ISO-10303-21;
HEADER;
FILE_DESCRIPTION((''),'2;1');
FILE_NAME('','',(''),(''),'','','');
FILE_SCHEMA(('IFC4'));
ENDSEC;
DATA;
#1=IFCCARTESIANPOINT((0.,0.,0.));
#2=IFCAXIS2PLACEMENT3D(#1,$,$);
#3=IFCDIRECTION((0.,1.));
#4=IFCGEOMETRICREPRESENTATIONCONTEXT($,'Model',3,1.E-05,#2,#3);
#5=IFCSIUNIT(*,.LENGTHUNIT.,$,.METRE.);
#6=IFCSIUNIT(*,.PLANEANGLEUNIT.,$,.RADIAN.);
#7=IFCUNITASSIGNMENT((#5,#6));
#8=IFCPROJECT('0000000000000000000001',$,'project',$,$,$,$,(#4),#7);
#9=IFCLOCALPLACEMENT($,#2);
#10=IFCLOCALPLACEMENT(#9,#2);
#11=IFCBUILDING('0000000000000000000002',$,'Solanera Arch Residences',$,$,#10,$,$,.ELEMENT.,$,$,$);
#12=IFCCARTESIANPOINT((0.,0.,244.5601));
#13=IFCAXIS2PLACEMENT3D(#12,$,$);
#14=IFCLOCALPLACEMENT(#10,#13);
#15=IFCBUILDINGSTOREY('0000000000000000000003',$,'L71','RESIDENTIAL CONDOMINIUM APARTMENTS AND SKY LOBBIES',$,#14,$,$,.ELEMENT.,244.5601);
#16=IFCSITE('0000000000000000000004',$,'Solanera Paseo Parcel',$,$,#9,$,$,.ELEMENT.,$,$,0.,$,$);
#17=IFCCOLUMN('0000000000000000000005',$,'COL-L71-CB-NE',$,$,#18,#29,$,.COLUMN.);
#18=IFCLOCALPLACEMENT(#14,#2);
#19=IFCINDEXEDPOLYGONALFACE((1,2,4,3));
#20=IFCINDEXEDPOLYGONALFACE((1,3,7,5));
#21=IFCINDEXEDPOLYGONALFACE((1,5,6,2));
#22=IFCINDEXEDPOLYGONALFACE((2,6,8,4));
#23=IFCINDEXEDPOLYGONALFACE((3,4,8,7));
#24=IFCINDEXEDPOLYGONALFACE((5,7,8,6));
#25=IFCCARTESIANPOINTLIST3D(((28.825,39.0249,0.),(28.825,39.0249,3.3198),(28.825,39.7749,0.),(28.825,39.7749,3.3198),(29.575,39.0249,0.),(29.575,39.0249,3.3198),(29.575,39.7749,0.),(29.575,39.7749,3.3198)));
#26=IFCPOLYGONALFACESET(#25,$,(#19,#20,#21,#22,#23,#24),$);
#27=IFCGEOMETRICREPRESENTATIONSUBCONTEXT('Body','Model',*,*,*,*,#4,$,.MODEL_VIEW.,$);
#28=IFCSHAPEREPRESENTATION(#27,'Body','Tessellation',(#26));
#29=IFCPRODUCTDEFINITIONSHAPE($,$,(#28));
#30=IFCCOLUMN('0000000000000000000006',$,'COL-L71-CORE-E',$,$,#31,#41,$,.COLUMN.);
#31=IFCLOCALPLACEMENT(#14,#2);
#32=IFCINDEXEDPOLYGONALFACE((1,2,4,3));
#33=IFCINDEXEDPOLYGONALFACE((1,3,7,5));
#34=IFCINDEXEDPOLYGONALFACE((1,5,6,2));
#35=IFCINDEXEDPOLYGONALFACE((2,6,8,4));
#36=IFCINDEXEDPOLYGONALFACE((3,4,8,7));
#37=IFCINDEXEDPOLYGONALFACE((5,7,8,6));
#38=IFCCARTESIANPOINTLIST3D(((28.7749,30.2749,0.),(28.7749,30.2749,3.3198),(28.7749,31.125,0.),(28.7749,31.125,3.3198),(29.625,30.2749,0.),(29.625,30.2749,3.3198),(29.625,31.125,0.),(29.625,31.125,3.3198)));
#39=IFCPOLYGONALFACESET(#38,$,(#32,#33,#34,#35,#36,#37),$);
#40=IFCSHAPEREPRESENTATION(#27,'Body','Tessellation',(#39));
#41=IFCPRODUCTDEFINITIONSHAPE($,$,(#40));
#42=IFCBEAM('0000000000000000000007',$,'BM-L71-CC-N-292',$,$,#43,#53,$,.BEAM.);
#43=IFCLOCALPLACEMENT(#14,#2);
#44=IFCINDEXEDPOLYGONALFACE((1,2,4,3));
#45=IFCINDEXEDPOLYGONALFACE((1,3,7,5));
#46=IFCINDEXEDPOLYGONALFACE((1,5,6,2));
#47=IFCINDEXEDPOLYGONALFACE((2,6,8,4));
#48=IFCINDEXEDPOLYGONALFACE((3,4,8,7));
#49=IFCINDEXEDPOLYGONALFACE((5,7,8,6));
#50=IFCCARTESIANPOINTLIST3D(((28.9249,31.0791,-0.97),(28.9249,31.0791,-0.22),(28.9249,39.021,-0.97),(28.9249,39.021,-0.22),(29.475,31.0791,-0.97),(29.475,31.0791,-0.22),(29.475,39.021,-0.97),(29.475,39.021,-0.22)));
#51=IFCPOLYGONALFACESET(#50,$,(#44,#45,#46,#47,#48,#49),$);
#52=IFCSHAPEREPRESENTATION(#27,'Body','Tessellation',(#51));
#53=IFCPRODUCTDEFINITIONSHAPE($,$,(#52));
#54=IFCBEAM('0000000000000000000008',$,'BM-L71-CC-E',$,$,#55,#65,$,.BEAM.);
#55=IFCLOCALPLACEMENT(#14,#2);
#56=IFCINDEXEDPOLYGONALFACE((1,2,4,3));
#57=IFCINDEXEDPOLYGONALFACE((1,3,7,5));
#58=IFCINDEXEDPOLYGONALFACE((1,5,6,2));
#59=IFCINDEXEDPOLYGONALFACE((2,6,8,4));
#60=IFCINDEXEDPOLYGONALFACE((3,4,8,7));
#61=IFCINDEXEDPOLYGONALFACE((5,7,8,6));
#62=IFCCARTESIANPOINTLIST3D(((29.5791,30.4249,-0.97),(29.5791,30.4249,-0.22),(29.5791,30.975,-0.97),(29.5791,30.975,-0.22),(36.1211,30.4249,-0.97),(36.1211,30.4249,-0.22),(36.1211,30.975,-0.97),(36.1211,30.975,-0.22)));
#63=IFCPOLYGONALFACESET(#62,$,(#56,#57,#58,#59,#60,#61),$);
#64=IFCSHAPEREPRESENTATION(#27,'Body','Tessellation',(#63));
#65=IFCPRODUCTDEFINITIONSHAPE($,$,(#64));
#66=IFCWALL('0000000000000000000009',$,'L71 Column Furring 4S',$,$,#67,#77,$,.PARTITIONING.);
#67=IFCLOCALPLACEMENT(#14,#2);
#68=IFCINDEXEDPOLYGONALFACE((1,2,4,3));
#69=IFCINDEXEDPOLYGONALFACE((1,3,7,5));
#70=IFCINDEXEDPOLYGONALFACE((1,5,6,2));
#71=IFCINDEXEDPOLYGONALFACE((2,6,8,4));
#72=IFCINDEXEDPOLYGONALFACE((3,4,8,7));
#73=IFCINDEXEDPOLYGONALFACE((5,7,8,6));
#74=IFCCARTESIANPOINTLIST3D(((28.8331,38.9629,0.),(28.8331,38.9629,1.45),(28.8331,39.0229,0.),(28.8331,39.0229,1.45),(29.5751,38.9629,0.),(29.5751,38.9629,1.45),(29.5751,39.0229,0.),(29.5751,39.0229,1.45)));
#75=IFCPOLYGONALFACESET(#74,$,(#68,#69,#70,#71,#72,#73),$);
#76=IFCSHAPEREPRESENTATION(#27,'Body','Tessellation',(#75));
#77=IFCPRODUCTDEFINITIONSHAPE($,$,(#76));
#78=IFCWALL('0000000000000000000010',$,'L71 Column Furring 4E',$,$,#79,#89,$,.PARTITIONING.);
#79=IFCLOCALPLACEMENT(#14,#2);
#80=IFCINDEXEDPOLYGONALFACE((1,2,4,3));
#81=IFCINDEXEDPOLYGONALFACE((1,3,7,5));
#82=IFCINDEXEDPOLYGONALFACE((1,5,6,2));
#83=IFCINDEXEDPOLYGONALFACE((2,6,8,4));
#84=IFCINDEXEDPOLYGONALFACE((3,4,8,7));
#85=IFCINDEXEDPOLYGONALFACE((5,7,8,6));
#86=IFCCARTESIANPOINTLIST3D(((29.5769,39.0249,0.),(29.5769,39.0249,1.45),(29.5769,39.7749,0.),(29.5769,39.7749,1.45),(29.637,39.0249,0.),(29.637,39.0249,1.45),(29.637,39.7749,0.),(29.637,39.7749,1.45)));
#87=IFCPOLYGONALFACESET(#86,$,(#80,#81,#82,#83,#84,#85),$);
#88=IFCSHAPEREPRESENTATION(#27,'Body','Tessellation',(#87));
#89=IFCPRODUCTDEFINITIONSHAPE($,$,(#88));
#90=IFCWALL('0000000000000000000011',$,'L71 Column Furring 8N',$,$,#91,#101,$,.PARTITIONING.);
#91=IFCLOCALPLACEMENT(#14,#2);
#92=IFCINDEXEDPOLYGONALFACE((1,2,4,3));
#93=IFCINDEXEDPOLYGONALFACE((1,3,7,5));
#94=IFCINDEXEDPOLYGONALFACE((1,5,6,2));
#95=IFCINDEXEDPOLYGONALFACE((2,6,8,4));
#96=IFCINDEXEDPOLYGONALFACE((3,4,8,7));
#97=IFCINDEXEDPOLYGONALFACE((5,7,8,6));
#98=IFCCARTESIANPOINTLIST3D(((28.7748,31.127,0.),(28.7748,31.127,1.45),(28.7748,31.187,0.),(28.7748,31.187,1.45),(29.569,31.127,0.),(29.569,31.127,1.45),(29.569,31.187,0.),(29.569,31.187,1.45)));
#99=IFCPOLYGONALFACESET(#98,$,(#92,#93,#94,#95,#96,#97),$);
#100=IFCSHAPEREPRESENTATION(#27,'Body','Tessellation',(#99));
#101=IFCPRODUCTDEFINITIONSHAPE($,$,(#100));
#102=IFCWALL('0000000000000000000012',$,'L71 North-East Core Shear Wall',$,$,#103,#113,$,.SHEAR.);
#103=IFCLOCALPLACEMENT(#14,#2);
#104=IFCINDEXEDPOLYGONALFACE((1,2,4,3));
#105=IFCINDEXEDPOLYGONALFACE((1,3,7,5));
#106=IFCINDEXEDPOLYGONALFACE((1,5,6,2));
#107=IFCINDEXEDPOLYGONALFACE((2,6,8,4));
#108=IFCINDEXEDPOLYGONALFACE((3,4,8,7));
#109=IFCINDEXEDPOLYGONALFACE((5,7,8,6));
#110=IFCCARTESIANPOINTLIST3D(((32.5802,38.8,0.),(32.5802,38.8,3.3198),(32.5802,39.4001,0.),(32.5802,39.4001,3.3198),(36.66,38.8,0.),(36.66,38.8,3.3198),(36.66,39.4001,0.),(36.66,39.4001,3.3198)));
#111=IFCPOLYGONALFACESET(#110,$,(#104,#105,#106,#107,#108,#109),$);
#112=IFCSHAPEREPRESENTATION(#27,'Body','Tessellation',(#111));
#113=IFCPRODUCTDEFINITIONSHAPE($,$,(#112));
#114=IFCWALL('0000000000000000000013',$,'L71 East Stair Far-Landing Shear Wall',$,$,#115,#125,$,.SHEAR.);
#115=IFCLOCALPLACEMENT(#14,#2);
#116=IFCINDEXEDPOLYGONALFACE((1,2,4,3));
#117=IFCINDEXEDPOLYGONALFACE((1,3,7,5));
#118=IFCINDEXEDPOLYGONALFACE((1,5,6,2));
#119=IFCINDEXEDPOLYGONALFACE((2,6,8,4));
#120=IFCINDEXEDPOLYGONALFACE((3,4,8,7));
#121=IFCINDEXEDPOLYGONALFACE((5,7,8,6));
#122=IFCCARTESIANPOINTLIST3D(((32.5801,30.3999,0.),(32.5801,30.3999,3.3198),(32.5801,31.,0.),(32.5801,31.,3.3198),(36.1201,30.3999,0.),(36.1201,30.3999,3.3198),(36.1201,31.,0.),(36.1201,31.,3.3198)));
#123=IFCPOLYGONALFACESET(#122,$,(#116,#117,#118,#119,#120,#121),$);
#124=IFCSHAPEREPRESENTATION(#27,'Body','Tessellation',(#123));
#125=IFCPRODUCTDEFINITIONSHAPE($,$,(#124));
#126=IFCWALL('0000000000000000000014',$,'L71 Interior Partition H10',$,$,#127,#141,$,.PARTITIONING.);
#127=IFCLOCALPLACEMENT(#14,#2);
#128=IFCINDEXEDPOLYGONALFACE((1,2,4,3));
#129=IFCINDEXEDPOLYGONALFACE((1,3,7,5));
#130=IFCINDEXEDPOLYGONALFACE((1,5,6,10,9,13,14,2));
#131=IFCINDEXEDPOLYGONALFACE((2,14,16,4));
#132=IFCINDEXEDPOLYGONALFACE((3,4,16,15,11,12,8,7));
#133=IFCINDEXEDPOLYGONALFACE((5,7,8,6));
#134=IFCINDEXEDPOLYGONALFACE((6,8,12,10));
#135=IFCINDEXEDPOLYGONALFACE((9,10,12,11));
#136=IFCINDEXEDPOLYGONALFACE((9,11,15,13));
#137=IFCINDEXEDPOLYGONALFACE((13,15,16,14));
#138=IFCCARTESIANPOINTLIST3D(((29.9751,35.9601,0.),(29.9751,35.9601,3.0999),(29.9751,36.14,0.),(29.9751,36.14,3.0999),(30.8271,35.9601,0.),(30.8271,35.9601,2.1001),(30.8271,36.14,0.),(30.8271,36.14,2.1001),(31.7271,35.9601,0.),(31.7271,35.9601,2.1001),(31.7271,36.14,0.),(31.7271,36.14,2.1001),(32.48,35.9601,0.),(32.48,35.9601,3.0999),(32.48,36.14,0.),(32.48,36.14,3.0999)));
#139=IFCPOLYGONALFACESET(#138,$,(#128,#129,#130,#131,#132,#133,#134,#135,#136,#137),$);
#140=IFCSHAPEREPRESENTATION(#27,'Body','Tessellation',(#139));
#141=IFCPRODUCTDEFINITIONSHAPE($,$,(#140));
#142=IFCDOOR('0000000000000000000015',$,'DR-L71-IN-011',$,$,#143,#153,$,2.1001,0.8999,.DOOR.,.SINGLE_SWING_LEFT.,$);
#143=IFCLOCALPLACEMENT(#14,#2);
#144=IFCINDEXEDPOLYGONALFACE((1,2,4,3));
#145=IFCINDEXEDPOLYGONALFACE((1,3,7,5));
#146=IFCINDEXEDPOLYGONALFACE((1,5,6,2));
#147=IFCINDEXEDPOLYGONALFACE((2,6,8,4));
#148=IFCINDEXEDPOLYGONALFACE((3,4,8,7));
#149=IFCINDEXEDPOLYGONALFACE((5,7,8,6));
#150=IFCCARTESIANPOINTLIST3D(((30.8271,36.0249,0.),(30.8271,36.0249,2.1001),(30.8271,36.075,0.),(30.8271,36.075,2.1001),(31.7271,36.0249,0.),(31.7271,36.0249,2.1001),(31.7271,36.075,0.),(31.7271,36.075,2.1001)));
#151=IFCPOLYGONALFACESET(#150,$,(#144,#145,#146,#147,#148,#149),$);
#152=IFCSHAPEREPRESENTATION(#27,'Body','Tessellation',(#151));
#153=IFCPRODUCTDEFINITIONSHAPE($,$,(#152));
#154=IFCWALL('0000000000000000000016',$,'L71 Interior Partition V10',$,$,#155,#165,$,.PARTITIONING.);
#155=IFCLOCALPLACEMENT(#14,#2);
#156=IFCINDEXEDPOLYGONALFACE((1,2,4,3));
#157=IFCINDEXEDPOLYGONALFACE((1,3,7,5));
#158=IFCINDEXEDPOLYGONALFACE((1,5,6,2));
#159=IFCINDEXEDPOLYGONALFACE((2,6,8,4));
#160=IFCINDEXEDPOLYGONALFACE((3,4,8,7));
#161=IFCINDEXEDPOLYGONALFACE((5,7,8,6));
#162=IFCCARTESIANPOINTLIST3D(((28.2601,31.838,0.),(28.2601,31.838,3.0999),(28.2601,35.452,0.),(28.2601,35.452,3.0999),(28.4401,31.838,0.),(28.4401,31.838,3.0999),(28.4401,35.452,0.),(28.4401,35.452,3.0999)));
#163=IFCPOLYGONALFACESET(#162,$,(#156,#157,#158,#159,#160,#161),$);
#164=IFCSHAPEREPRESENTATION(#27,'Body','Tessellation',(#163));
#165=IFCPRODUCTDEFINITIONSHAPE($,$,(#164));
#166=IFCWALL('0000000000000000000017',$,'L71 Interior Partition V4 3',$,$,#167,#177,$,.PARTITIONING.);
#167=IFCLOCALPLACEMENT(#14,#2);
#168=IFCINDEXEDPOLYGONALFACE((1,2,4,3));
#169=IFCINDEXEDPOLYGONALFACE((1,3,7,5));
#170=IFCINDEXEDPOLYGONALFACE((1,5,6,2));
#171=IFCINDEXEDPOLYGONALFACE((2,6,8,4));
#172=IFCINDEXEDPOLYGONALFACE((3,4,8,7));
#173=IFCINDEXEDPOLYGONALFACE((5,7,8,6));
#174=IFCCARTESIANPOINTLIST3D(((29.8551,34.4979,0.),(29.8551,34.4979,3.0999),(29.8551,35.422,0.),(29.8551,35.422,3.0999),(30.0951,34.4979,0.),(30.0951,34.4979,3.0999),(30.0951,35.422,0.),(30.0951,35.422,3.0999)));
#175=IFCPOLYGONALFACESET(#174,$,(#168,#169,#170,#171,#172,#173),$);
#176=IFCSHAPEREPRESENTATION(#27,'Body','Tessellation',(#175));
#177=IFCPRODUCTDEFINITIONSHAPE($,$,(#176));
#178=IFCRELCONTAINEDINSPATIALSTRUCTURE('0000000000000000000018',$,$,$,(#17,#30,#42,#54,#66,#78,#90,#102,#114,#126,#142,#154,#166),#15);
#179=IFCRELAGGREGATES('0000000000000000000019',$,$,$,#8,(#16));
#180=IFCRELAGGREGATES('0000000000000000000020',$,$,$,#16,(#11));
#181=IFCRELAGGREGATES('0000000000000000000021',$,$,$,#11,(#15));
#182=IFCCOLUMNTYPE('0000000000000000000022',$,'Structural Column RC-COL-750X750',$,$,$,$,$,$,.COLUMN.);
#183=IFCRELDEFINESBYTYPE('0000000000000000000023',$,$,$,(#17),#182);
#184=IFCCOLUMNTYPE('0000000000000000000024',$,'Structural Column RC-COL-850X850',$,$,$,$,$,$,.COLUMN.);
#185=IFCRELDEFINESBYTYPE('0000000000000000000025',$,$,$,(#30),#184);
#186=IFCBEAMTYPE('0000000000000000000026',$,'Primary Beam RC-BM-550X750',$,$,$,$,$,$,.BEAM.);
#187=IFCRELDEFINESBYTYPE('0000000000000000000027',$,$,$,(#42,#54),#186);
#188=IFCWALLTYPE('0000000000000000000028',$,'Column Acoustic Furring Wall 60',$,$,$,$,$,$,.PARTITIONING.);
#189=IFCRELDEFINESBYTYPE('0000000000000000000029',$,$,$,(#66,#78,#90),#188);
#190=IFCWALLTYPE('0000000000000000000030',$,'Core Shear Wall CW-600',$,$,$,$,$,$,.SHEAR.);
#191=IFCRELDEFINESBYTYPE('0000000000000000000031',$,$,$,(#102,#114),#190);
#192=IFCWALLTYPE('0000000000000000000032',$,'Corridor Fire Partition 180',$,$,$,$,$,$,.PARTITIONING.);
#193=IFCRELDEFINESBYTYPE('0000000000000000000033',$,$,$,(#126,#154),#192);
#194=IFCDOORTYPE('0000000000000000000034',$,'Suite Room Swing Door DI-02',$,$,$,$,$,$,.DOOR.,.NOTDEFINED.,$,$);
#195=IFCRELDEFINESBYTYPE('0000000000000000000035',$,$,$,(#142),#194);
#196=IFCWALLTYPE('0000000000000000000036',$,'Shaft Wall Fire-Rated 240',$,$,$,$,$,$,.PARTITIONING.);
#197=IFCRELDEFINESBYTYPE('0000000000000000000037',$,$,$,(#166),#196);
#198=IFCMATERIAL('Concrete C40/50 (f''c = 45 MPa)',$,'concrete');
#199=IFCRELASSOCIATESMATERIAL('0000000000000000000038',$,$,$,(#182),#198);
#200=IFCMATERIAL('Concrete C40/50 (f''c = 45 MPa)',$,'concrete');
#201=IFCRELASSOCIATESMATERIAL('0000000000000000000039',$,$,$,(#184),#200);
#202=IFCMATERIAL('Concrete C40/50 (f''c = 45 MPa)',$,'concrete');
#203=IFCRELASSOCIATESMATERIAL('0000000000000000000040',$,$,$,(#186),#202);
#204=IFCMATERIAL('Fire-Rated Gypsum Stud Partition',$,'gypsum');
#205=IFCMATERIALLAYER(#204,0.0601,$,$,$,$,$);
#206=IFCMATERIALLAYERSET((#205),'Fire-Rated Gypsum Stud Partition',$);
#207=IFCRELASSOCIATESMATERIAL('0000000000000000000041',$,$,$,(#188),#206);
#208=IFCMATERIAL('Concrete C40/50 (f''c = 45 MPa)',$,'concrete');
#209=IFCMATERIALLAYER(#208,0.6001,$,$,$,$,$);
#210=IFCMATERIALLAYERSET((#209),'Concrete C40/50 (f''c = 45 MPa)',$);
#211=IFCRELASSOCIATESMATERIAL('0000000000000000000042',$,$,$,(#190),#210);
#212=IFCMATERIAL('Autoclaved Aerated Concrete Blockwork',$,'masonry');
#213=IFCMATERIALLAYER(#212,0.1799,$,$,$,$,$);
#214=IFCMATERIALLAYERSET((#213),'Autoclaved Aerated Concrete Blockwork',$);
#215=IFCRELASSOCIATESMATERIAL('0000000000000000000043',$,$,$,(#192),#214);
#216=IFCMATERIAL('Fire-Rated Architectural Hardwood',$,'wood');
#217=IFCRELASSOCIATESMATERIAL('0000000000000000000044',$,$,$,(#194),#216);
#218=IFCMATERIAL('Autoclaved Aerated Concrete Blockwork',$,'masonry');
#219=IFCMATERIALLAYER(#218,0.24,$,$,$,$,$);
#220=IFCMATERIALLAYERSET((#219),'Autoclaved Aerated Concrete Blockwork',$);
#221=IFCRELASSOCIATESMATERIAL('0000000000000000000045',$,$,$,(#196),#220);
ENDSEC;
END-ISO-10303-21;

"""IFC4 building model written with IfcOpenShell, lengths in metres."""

from ifc_helpers import new_model, si_unit, direction, frame, frame_2d, origin, origin_2d, place, context, subcontext, project, spatial, rectangle, extrude, material, layer, layer_set, material_profile, profile_set, type_object, element, fill, save


model = new_model("IFC4")

# Units and contexts
model_context = context("Model", 3, precision=1e-05, world=origin(), true_north=direction((0.0, 1.0)))
body_context = subcontext(model_context, "Body", "Model", "MODEL_VIEW")
ifc_project = project(units=[si_unit("LENGTHUNIT", "METRE"), si_unit("PLANEANGLEUNIT", "RADIAN")], contexts=[model_context])

# Site, building, storey
site_placement = place(None, origin())
site = spatial("IfcSite", under=ifc_project, at=site_placement, Name="Solanera Paseo Parcel", CompositionType="ELEMENT", RefElevation=0.0)
building_placement = place(site_placement, origin())
building = spatial("IfcBuilding", under=site, at=building_placement, Name="Solanera Arch Residences", CompositionType="ELEMENT")
storey_placement = place(building_placement, frame((0.0, 0.0, 244.5601)))
storey = spatial("IfcBuildingStorey", under=building, at=storey_placement, Name="L71", Description="RESIDENTIAL CONDOMINIUM APARTMENTS AND SKY LOBBIES", CompositionType="ELEMENT", Elevation=244.5601)

# Columns
ifc_material_1 = material(Name="Concrete C40/50 (f'c = 45 MPa)", Category="concrete")
ifc_material_profile_1 = material_profile(ifc_material_1, rectangle(XDim=0.75, YDim=0.75, at=origin_2d()))
ifc_profile_set_1 = profile_set([ifc_material_profile_1], Name="Concrete C40/50 (f'c = 45 MPa)")
column_type_1 = type_object("IfcColumnType", Name="Structural Column RC-COL-750X750", PredefinedType="COLUMN", material=ifc_profile_set_1)
column_1_placement = place(storey_placement, frame((29.2, 39.3999, 0.0), z_axis=(0.0, 0.0, 1.0), x_axis=(1.0, 0.0, 0.0)))
element("IfcColumn", 1, at=column_1_placement, inside=storey, type_object=column_type_1, Name="COL-L71-CB-NE", PredefinedType="COLUMN", context=body_context, shape_type="SweptSolid", body=[
    extrude(rectangle(XDim=0.75, YDim=0.75, at=origin_2d()), origin(), (0.0, 0.0, 1.0), 3.3198),
])
ifc_material_2 = material(Name="Concrete C40/50 (f'c = 45 MPa)", Category="concrete")
ifc_material_profile_2 = material_profile(ifc_material_2, rectangle(XDim=0.8501, YDim=0.8501, at=origin_2d()))
ifc_profile_set_2 = profile_set([ifc_material_profile_2], Name="Concrete C40/50 (f'c = 45 MPa)")
column_type_2 = type_object("IfcColumnType", Name="Structural Column RC-COL-850X850", PredefinedType="COLUMN", material=ifc_profile_set_2)
column_2_placement = place(storey_placement, frame((29.2, 30.7, 0.0), z_axis=(0.0, 0.0, 1.0), x_axis=(1.0, 0.0, 0.0)))
element("IfcColumn", 2, at=column_2_placement, inside=storey, type_object=column_type_2, Name="COL-L71-CORE-E", PredefinedType="COLUMN", context=body_context, shape_type="SweptSolid", body=[
    extrude(rectangle(XDim=0.8501, YDim=0.8501, at=origin_2d()), origin(), (0.0, 0.0, 1.0), 3.3198),
])

# Beams
ifc_material_3 = material(Name="Concrete C40/50 (f'c = 45 MPa)", Category="concrete")
ifc_material_profile_3 = material_profile(ifc_material_3, rectangle(XDim=0.55, YDim=0.75, at=origin_2d()))
ifc_profile_set_3 = profile_set([ifc_material_profile_3], Name="Concrete C40/50 (f'c = 45 MPa)")
beam_type = type_object("IfcBeamType", Name="Primary Beam RC-BM-550X750", PredefinedType="BEAM", material=ifc_profile_set_3)
beam_1_placement = place(storey_placement, frame((29.2, 31.0791, -0.595), z_axis=(0.0, 1.0, 0.0), x_axis=(-1.0, 0.0, 0.0)))
element("IfcBeam", 3, at=beam_1_placement, inside=storey, type_object=beam_type, Name="BM-L71-CC-N-292", PredefinedType="BEAM", context=body_context, shape_type="SweptSolid", body=[
    extrude(rectangle(XDim=0.55, YDim=0.75, at=origin_2d()), origin(), (0.0, 0.0, 1.0), 7.9419),
])
beam_2_placement = place(storey_placement, frame((29.5791, 30.7, -0.595), z_axis=(1.0, 0.0, 0.0), x_axis=(0.0, 1.0, 0.0)))
element("IfcBeam", 4, at=beam_2_placement, inside=storey, type_object=beam_type, Name="BM-L71-CC-E", PredefinedType="BEAM", context=body_context, shape_type="SweptSolid", body=[
    extrude(rectangle(XDim=0.55, YDim=0.75, at=origin_2d()), origin(), (0.0, 0.0, 1.0), 6.542),
])

# Walls
ifc_material_4 = material(Name="Fire-Rated Gypsum Stud Partition", Category="gypsum")
ifc_layer_1 = layer(ifc_material_4, 0.0601)
ifc_layer_set_1 = layer_set([ifc_layer_1], Name="Fire-Rated Gypsum Stud Partition")
wall_type_1 = type_object("IfcWallType", Name="Column Acoustic Furring Wall 60", PredefinedType="PARTITIONING", material=ifc_layer_set_1)
wall_1_placement = place(storey_placement, frame((28.833, 38.9929, 0.0), z_axis=(0.0, 0.0, 1.0), x_axis=(1.0, 0.0, 0.0)))
element("IfcWall", 5, at=wall_1_placement, inside=storey, type_object=wall_type_1, Name="L71 Column Furring 4S", PredefinedType="PARTITIONING", context=body_context, shape_type="SweptSolid", body=[
    extrude(rectangle(XDim=0.7419, YDim=0.0601, at=frame_2d((0.3711, 0.0))), origin(), (0.0, 0.0, 1.0), 1.45),
])
wall_2_placement = place(storey_placement, frame((29.6069, 39.0249, 0.0), z_axis=(0.0, 0.0, 1.0), x_axis=(0.0, 1.0, 0.0)))
element("IfcWall", 6, at=wall_2_placement, inside=storey, type_object=wall_type_1, Name="L71 Column Furring 4E", PredefinedType="PARTITIONING", context=body_context, shape_type="SweptSolid", body=[
    extrude(rectangle(XDim=0.75, YDim=0.0601, at=frame_2d((0.375, 0.0))), origin(), (0.0, 0.0, 1.0), 1.45),
])
wall_3_placement = place(storey_placement, frame((28.7749, 31.157, 0.0), z_axis=(0.0, 0.0, 1.0), x_axis=(1.0, 0.0, 0.0)))
element("IfcWall", 7, at=wall_3_placement, inside=storey, type_object=wall_type_1, Name="L71 Column Furring 8N", PredefinedType="PARTITIONING", context=body_context, shape_type="SweptSolid", body=[
    extrude(rectangle(XDim=0.7942, YDim=0.0601, at=frame_2d((0.397, 0.0))), origin(), (0.0, 0.0, 1.0), 1.45),
])

# Walls
ifc_material_5 = material(Name="Concrete C40/50 (f'c = 45 MPa)", Category="concrete")
ifc_layer_2 = layer(ifc_material_5, 0.6001)
ifc_layer_set_2 = layer_set([ifc_layer_2], Name="Concrete C40/50 (f'c = 45 MPa)")
wall_type_2 = type_object("IfcWallType", Name="Core Shear Wall CW-600", PredefinedType="SHEAR", material=ifc_layer_set_2)
wall_4_placement = place(storey_placement, frame((32.5801, 39.1001, 0.0), z_axis=(0.0, 0.0, 1.0), x_axis=(1.0, 0.0, 0.0)))
element("IfcWall", 8, at=wall_4_placement, inside=storey, type_object=wall_type_2, Name="L71 North-East Core Shear Wall", PredefinedType="SHEAR", context=body_context, shape_type="SweptSolid", body=[
    extrude(rectangle(XDim=4.0798, YDim=0.6001, at=frame_2d((2.04, 0.0))), origin(), (0.0, 0.0, 1.0), 3.3198),
])
wall_5_placement = place(storey_placement, frame((32.5801, 30.7, 0.0), z_axis=(0.0, 0.0, 1.0), x_axis=(1.0, 0.0, 0.0)))
element("IfcWall", 9, at=wall_5_placement, inside=storey, type_object=wall_type_2, Name="L71 East Stair Far-Landing Shear Wall", PredefinedType="SHEAR", context=body_context, shape_type="SweptSolid", body=[
    extrude(rectangle(XDim=3.54, YDim=0.6001, at=frame_2d((1.77, 0.0))), origin(), (0.0, 0.0, 1.0), 3.3198),
])

# Wall, opening, door
ifc_material_6 = material(Name="Autoclaved Aerated Concrete Blockwork", Category="masonry")
ifc_layer_3 = layer(ifc_material_6, 0.1799)
ifc_layer_set_3 = layer_set([ifc_layer_3], Name="Autoclaved Aerated Concrete Blockwork")
wall_type_3 = type_object("IfcWallType", Name="Corridor Fire Partition 180", PredefinedType="PARTITIONING", material=ifc_layer_set_3)
wall_6_placement = place(storey_placement, frame((29.9751, 36.05, 0.0), z_axis=(0.0, 0.0, 1.0), x_axis=(1.0, 0.0, 0.0)))
wall_6 = element("IfcWall", 10, at=wall_6_placement, inside=storey, type_object=wall_type_3, Name="L71 Interior Partition H10", PredefinedType="PARTITIONING", context=body_context, shape_type="SweptSolid", body=[
    extrude(rectangle(XDim=2.5049, YDim=0.1799, at=frame_2d((1.2524, 0.0))), origin(), (0.0, 0.0, 1.0), 3.0999),
])
opening_1_placement = place(wall_6_placement, frame((0.8521, 0.0, 0.0)))
opening_1 = element("IfcOpeningElement", 11, at=opening_1_placement, cuts=wall_6, PredefinedType="OPENING", context=body_context, shape_type="SweptSolid", body=[
    extrude(rectangle(XDim=0.8999, YDim=2.1001, at=frame_2d((0.45, 1.05))), frame((0.0, 0.1001, 0.0), z_axis=(0.0, -1.0, 0.0), x_axis=(1.0, 0.0, 0.0)), (0.0, 0.0, 1.0), 0.1999),
])
ifc_material_7 = material(Name="Fire-Rated Architectural Hardwood", Category="wood")
door_type_1 = type_object("IfcDoorType", Name="Suite Room Swing Door DI-02", OperationType="NOTDEFINED", PredefinedType="DOOR", material=ifc_material_7)
door_1_placement = place(opening_1_placement, origin())
door_1 = element("IfcDoor", 12, at=door_1_placement, inside=storey, type_object=door_type_1, Name="DR-L71-IN-011", OperationType="SINGLE_SWING_LEFT", OverallHeight=2.1001, OverallWidth=0.8999, PredefinedType="DOOR", context=body_context, shape_type="SweptSolid", body=[
    extrude(rectangle(XDim=0.8999, YDim=2.1001, at=frame_2d((0.45, 1.05))), frame((0.0, 0.0249, 0.0), z_axis=(0.0, -1.0, 0.0), x_axis=(1.0, 0.0, 0.0)), (0.0, 0.0, 1.0), 0.05),
])
fill(opening_1, door_1)

# Wall
wall_7_placement = place(storey_placement, frame((28.3501, 31.8379, 0.0), z_axis=(0.0, 0.0, 1.0), x_axis=(0.0, 1.0, 0.0)))
element("IfcWall", 13, at=wall_7_placement, inside=storey, type_object=wall_type_3, Name="L71 Interior Partition V10", PredefinedType="PARTITIONING", context=body_context, shape_type="SweptSolid", body=[
    extrude(rectangle(XDim=3.614, YDim=0.1799, at=frame_2d((1.8071, 0.0))), origin(), (0.0, 0.0, 1.0), 3.0999),
])

# Shared definitions
ifc_material_8 = material(Name="Autoclaved Aerated Concrete Blockwork", Category="masonry")
ifc_layer_4 = layer(ifc_material_8, 0.24)
ifc_layer_set_4 = layer_set([ifc_layer_4], Name="Autoclaved Aerated Concrete Blockwork")
wall_type_4 = type_object("IfcWallType", Name="Shaft Wall Fire-Rated 240", PredefinedType="PARTITIONING", material=ifc_layer_set_4)

# Wall
wall_8_placement = place(storey_placement, frame((29.9751, 34.498, 0.0), z_axis=(0.0, 0.0, 1.0), x_axis=(0.0, 1.0, 0.0)))
element("IfcWall", 14, at=wall_8_placement, inside=storey, type_object=wall_type_4, Name="L71 Interior Partition V4 3", PredefinedType="PARTITIONING", context=body_context, shape_type="SweptSolid", body=[
    extrude(rectangle(XDim=0.9241, YDim=0.24, at=frame_2d((0.4619, 0.0))), origin(), (0.0, 0.0, 1.0), 3.0999),
])

save(model, "model.ifc")
